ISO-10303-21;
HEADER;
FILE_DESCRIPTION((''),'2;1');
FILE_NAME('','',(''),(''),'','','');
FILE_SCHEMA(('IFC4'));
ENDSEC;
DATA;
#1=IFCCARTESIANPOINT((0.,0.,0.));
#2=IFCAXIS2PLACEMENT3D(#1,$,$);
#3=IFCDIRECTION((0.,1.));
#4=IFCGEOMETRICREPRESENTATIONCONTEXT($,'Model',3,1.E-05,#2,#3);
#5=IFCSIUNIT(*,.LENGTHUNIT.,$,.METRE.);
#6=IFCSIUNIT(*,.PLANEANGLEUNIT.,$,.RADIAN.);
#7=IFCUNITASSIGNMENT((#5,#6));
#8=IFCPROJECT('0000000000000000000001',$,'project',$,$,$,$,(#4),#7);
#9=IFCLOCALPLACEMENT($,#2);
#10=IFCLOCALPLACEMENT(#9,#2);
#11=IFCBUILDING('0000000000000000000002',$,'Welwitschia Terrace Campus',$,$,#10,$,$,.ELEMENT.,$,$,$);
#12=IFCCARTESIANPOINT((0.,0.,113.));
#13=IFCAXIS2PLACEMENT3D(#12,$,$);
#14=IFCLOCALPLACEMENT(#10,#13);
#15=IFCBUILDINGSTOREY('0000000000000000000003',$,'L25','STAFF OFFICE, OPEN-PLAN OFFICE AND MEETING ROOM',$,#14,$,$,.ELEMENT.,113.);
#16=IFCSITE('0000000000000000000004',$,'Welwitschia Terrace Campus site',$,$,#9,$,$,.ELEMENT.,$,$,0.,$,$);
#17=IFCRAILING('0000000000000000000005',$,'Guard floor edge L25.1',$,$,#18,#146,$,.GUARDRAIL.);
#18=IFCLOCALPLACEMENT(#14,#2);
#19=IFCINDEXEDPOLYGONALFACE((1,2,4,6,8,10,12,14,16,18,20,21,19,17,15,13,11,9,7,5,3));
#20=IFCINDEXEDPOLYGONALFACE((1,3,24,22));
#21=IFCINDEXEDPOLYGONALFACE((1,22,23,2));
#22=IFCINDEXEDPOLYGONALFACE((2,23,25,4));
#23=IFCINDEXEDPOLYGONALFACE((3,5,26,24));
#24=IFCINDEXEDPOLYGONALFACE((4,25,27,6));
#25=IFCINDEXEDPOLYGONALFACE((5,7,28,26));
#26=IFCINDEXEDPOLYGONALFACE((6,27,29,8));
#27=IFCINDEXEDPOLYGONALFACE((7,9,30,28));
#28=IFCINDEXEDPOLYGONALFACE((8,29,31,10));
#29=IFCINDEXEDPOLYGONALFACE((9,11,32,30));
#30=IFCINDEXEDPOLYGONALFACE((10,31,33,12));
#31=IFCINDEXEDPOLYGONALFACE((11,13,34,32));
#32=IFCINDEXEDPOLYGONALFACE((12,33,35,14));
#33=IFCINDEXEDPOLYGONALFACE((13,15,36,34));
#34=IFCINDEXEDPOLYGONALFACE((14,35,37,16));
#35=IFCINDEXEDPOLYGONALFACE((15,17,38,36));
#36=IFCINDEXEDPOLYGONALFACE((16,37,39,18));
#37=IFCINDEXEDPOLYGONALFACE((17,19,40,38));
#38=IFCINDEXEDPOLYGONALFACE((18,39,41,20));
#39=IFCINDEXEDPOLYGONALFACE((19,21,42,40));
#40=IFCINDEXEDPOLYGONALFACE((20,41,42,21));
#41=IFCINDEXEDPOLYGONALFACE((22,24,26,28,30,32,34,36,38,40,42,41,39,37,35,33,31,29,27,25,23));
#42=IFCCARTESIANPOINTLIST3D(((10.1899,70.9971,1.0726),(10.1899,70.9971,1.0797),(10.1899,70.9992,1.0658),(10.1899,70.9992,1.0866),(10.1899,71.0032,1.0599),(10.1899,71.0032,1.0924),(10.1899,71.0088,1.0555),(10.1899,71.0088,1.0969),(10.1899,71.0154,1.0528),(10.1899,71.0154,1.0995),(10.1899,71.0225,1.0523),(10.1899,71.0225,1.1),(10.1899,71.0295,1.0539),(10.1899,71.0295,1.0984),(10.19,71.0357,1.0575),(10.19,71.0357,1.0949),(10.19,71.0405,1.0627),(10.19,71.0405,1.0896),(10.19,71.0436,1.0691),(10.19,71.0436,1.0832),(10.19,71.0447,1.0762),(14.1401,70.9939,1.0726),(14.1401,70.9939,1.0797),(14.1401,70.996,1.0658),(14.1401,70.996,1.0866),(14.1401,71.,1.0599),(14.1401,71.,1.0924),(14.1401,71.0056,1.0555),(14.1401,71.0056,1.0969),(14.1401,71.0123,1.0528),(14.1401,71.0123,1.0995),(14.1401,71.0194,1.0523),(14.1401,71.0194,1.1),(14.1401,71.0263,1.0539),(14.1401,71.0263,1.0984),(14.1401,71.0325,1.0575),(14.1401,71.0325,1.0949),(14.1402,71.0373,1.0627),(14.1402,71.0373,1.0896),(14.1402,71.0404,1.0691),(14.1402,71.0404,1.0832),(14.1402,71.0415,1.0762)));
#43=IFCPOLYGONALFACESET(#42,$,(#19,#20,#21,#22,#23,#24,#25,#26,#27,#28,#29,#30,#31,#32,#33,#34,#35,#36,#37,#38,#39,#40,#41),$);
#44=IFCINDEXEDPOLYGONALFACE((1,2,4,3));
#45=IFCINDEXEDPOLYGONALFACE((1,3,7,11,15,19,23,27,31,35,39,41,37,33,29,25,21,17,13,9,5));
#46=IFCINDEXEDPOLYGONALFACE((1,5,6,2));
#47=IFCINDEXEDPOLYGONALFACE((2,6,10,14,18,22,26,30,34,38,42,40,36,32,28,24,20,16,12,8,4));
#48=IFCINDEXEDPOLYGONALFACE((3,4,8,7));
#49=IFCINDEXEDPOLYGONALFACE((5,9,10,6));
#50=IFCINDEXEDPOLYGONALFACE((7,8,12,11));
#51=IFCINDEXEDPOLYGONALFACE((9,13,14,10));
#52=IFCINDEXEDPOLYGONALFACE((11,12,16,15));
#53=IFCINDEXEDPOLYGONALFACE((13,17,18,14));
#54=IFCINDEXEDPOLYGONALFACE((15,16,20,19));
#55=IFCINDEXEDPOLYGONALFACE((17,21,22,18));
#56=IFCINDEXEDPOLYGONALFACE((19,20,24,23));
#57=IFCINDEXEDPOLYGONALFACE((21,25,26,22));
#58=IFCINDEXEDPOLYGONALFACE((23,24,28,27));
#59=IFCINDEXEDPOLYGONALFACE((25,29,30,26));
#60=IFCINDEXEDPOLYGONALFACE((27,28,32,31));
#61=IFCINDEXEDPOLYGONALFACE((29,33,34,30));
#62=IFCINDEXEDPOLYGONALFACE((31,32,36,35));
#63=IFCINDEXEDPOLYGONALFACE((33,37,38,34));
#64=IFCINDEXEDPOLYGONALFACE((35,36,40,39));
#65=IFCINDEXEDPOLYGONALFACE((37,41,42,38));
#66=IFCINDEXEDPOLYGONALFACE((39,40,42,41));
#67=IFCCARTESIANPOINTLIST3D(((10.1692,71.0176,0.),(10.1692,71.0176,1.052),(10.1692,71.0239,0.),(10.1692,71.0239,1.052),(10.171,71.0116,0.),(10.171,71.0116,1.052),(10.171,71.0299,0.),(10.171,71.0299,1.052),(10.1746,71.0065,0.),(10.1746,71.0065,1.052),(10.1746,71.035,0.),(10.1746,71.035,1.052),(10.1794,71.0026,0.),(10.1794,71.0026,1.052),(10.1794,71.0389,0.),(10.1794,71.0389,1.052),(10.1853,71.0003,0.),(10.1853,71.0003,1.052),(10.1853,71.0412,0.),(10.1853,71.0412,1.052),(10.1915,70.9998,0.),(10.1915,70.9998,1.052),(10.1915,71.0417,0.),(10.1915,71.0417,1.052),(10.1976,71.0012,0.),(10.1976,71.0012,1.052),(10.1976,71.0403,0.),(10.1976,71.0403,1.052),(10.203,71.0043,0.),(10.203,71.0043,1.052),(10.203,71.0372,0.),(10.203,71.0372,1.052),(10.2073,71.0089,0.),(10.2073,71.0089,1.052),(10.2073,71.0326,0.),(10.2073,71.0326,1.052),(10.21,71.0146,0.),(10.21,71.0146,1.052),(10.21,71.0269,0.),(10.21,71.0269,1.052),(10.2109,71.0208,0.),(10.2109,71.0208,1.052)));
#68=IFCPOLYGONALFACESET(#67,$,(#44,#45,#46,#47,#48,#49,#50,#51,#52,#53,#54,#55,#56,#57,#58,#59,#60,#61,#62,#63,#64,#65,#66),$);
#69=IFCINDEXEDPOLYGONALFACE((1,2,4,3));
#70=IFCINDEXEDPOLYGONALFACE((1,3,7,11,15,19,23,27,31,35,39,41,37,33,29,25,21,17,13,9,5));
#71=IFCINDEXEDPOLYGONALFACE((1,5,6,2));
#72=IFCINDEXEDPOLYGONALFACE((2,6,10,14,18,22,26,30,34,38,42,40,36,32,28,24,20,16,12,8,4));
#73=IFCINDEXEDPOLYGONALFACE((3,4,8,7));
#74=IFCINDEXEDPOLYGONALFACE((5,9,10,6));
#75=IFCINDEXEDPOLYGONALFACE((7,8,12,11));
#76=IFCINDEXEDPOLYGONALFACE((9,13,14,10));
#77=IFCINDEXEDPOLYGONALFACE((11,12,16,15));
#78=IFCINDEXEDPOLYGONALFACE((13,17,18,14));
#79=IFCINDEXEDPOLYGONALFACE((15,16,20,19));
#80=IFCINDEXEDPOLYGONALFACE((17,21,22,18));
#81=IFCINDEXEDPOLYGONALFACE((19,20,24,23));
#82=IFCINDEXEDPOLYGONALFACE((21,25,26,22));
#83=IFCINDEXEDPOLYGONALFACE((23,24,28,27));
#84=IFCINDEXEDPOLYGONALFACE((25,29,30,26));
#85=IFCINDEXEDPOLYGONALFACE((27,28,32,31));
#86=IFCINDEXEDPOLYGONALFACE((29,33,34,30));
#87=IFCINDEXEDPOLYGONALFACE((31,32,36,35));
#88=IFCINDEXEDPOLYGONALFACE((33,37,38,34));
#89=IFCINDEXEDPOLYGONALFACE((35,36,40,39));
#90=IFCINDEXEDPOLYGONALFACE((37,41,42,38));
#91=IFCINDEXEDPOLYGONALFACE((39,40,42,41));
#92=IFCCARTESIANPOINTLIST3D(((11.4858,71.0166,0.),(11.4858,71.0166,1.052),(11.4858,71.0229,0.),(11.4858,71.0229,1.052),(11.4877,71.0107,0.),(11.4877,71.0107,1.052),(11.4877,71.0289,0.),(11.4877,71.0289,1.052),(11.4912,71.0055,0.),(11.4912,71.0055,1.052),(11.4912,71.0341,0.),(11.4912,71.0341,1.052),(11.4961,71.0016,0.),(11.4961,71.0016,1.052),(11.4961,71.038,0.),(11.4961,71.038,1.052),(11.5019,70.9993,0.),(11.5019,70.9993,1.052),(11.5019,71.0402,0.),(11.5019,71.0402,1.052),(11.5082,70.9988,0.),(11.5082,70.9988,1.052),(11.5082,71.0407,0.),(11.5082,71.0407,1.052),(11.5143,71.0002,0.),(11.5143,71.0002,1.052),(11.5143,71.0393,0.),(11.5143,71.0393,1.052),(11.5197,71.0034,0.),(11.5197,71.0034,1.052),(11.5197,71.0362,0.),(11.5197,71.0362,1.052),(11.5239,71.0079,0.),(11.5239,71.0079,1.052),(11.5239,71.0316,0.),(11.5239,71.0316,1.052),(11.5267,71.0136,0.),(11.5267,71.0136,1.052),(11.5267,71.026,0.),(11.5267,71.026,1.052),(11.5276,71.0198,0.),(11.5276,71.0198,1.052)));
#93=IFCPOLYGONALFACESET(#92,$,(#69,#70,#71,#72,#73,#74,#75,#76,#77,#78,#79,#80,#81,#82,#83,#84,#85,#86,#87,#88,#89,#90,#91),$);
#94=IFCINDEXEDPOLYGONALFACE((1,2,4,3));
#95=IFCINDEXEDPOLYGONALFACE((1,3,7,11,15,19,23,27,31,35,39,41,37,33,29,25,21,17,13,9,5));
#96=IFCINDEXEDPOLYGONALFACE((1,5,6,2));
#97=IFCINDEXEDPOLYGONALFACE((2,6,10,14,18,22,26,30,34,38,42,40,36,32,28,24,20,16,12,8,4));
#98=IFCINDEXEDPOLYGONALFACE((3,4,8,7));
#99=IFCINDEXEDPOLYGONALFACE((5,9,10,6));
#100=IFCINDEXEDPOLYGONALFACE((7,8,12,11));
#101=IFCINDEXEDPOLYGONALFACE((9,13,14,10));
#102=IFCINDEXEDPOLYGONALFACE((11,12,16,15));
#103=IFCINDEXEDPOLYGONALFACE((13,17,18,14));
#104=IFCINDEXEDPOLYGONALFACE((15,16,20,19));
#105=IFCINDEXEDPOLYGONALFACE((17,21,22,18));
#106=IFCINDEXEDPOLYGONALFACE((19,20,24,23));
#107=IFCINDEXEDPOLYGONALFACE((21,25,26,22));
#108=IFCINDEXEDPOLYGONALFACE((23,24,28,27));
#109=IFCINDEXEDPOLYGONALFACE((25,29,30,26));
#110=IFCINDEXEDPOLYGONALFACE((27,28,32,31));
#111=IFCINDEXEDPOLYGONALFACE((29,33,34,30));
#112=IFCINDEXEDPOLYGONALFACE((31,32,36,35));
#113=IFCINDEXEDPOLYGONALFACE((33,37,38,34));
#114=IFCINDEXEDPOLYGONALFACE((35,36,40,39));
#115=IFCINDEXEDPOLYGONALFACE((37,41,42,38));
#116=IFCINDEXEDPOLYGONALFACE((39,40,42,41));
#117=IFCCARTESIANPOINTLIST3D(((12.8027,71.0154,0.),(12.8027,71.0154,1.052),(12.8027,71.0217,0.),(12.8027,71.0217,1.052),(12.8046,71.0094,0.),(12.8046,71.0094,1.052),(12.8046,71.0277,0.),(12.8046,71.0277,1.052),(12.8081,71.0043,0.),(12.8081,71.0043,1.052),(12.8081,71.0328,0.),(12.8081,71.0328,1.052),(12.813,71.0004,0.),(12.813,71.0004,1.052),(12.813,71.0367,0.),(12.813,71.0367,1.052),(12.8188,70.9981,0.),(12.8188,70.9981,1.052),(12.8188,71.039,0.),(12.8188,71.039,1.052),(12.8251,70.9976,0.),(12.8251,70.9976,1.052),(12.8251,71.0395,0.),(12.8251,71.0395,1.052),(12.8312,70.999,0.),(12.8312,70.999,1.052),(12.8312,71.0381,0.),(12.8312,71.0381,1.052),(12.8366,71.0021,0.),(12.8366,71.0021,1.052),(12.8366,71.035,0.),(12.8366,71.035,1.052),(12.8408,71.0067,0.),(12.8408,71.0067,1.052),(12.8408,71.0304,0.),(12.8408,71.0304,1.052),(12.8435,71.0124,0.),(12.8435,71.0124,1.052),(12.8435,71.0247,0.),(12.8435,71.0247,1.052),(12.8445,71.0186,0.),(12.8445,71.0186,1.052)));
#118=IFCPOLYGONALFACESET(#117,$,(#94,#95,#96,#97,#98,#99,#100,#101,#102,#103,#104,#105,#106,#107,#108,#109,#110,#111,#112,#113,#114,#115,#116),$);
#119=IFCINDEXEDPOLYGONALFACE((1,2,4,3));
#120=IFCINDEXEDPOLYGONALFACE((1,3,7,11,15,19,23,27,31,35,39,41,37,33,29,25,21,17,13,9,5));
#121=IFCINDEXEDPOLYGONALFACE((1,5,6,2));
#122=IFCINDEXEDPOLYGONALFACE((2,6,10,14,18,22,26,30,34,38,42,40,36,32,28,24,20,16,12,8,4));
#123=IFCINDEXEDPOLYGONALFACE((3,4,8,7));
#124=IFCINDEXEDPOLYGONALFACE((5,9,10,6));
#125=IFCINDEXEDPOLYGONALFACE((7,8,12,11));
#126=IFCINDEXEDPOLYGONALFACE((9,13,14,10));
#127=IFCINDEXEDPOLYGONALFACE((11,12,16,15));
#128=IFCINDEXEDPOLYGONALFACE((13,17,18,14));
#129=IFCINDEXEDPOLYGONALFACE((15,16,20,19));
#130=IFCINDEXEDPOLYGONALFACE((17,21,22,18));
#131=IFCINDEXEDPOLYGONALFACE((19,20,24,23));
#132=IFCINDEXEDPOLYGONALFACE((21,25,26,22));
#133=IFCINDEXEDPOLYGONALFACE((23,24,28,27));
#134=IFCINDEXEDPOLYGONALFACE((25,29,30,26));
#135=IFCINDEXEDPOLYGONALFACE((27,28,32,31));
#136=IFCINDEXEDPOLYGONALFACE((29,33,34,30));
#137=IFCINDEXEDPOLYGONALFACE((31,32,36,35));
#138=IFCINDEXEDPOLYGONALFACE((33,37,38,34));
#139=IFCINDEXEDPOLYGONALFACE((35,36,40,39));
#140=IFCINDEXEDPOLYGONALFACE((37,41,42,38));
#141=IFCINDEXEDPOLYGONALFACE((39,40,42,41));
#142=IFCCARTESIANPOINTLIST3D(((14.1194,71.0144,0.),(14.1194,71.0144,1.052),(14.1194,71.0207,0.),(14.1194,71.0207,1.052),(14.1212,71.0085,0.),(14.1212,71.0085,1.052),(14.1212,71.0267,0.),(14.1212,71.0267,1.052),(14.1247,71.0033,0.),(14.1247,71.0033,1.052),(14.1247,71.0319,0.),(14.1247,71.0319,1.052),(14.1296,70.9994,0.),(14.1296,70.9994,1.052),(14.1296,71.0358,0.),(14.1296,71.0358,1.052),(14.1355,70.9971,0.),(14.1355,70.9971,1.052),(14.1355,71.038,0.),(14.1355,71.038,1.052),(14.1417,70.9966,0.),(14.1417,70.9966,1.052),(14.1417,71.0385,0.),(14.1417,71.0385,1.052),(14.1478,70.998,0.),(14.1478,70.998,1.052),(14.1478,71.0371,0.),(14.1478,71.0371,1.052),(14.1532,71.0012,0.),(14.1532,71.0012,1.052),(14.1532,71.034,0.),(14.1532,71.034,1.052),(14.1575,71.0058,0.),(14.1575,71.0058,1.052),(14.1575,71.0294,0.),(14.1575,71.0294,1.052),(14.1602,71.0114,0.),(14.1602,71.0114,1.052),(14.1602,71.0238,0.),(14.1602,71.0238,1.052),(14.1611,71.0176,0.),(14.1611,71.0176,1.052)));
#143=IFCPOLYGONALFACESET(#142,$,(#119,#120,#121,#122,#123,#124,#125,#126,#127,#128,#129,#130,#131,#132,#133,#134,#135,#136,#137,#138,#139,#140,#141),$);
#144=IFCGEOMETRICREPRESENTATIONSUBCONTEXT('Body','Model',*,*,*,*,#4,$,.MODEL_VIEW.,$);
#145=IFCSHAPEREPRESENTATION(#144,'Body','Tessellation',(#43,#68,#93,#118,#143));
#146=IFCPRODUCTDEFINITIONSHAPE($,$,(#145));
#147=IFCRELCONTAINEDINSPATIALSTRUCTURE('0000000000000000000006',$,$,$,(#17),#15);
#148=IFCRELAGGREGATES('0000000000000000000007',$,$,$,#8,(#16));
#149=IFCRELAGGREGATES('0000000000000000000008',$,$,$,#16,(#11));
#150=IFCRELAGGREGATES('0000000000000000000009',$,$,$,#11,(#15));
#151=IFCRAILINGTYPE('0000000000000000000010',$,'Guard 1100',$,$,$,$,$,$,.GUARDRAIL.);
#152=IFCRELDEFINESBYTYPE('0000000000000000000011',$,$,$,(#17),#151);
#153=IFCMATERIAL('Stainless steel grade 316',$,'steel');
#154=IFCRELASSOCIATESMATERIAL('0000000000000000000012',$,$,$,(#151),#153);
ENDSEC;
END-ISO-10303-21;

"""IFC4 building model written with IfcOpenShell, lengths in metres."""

from ifc_helpers import new_model, si_unit, direction, frame, origin, origin_2d, place, context, subcontext, project, spatial, circle, extrude, material, type_object, element, save


model = new_model("IFC4")

# Units and contexts
model_context = context("Model", 3, precision=1e-05, world=origin(), true_north=direction((0.0, 1.0)))
body_context = subcontext(model_context, "Body", "Model", "MODEL_VIEW")
ifc_project = project(units=[si_unit("LENGTHUNIT", "METRE"), si_unit("PLANEANGLEUNIT", "RADIAN")], contexts=[model_context])

# Site, building, storey
site_placement = place(None, origin())
site = spatial("IfcSite", under=ifc_project, at=site_placement, Name="Welwitschia Terrace Campus site", CompositionType="ELEMENT", RefElevation=0.0)
building_placement = place(site_placement, origin())
building = spatial("IfcBuilding", under=site, at=building_placement, Name="Welwitschia Terrace Campus", CompositionType="ELEMENT")
storey_placement = place(building_placement, frame((0.0, 0.0, 113.0)))
storey = spatial("IfcBuildingStorey", under=building, at=storey_placement, Name="L25", Description="STAFF OFFICE, OPEN-PLAN OFFICE AND MEETING ROOM", CompositionType="ELEMENT", Elevation=113.0)

# Railing
ifc_material_1 = material(Name="Stainless steel grade 316", Category="steel")
railing_type = type_object("IfcRailingType", Name="Guard 1100", PredefinedType="GUARDRAIL", material=ifc_material_1)
railing_1_placement = place(storey_placement, frame((10.1899, 71.0208, 0.0)))
element("IfcRailing", 1, at=railing_1_placement, inside=storey, type_object=railing_type, Name="Guard floor edge L25.1", PredefinedType="GUARDRAIL", context=body_context, shape_type="SweptSolid", body=[
    extrude(circle(Radius=0.0239, at=origin_2d()), frame((0.0, 0.0, 1.0762), z_axis=(1.0, -0.000803, 0.0), x_axis=(0.000803, 1.0, 0.0)), (0.0, 0.0, 1.0), 3.9502),
    extrude(circle(Radius=0.021, at=origin_2d()), origin(), (0.0, 0.0, 1.0), 1.052),
    extrude(circle(Radius=0.021, at=origin_2d()), frame((1.3167, -0.001, 0.0)), (0.0, 0.0, 1.0), 1.052),
    extrude(circle(Radius=0.021, at=origin_2d()), frame((2.6335, -0.0022, 0.0)), (0.0, 0.0, 1.0), 1.052),
    extrude(circle(Radius=0.021, at=origin_2d()), frame((3.9502, -0.0032, 0.0)), (0.0, 0.0, 1.0), 1.052),
])

save(model, "model.ifc")
